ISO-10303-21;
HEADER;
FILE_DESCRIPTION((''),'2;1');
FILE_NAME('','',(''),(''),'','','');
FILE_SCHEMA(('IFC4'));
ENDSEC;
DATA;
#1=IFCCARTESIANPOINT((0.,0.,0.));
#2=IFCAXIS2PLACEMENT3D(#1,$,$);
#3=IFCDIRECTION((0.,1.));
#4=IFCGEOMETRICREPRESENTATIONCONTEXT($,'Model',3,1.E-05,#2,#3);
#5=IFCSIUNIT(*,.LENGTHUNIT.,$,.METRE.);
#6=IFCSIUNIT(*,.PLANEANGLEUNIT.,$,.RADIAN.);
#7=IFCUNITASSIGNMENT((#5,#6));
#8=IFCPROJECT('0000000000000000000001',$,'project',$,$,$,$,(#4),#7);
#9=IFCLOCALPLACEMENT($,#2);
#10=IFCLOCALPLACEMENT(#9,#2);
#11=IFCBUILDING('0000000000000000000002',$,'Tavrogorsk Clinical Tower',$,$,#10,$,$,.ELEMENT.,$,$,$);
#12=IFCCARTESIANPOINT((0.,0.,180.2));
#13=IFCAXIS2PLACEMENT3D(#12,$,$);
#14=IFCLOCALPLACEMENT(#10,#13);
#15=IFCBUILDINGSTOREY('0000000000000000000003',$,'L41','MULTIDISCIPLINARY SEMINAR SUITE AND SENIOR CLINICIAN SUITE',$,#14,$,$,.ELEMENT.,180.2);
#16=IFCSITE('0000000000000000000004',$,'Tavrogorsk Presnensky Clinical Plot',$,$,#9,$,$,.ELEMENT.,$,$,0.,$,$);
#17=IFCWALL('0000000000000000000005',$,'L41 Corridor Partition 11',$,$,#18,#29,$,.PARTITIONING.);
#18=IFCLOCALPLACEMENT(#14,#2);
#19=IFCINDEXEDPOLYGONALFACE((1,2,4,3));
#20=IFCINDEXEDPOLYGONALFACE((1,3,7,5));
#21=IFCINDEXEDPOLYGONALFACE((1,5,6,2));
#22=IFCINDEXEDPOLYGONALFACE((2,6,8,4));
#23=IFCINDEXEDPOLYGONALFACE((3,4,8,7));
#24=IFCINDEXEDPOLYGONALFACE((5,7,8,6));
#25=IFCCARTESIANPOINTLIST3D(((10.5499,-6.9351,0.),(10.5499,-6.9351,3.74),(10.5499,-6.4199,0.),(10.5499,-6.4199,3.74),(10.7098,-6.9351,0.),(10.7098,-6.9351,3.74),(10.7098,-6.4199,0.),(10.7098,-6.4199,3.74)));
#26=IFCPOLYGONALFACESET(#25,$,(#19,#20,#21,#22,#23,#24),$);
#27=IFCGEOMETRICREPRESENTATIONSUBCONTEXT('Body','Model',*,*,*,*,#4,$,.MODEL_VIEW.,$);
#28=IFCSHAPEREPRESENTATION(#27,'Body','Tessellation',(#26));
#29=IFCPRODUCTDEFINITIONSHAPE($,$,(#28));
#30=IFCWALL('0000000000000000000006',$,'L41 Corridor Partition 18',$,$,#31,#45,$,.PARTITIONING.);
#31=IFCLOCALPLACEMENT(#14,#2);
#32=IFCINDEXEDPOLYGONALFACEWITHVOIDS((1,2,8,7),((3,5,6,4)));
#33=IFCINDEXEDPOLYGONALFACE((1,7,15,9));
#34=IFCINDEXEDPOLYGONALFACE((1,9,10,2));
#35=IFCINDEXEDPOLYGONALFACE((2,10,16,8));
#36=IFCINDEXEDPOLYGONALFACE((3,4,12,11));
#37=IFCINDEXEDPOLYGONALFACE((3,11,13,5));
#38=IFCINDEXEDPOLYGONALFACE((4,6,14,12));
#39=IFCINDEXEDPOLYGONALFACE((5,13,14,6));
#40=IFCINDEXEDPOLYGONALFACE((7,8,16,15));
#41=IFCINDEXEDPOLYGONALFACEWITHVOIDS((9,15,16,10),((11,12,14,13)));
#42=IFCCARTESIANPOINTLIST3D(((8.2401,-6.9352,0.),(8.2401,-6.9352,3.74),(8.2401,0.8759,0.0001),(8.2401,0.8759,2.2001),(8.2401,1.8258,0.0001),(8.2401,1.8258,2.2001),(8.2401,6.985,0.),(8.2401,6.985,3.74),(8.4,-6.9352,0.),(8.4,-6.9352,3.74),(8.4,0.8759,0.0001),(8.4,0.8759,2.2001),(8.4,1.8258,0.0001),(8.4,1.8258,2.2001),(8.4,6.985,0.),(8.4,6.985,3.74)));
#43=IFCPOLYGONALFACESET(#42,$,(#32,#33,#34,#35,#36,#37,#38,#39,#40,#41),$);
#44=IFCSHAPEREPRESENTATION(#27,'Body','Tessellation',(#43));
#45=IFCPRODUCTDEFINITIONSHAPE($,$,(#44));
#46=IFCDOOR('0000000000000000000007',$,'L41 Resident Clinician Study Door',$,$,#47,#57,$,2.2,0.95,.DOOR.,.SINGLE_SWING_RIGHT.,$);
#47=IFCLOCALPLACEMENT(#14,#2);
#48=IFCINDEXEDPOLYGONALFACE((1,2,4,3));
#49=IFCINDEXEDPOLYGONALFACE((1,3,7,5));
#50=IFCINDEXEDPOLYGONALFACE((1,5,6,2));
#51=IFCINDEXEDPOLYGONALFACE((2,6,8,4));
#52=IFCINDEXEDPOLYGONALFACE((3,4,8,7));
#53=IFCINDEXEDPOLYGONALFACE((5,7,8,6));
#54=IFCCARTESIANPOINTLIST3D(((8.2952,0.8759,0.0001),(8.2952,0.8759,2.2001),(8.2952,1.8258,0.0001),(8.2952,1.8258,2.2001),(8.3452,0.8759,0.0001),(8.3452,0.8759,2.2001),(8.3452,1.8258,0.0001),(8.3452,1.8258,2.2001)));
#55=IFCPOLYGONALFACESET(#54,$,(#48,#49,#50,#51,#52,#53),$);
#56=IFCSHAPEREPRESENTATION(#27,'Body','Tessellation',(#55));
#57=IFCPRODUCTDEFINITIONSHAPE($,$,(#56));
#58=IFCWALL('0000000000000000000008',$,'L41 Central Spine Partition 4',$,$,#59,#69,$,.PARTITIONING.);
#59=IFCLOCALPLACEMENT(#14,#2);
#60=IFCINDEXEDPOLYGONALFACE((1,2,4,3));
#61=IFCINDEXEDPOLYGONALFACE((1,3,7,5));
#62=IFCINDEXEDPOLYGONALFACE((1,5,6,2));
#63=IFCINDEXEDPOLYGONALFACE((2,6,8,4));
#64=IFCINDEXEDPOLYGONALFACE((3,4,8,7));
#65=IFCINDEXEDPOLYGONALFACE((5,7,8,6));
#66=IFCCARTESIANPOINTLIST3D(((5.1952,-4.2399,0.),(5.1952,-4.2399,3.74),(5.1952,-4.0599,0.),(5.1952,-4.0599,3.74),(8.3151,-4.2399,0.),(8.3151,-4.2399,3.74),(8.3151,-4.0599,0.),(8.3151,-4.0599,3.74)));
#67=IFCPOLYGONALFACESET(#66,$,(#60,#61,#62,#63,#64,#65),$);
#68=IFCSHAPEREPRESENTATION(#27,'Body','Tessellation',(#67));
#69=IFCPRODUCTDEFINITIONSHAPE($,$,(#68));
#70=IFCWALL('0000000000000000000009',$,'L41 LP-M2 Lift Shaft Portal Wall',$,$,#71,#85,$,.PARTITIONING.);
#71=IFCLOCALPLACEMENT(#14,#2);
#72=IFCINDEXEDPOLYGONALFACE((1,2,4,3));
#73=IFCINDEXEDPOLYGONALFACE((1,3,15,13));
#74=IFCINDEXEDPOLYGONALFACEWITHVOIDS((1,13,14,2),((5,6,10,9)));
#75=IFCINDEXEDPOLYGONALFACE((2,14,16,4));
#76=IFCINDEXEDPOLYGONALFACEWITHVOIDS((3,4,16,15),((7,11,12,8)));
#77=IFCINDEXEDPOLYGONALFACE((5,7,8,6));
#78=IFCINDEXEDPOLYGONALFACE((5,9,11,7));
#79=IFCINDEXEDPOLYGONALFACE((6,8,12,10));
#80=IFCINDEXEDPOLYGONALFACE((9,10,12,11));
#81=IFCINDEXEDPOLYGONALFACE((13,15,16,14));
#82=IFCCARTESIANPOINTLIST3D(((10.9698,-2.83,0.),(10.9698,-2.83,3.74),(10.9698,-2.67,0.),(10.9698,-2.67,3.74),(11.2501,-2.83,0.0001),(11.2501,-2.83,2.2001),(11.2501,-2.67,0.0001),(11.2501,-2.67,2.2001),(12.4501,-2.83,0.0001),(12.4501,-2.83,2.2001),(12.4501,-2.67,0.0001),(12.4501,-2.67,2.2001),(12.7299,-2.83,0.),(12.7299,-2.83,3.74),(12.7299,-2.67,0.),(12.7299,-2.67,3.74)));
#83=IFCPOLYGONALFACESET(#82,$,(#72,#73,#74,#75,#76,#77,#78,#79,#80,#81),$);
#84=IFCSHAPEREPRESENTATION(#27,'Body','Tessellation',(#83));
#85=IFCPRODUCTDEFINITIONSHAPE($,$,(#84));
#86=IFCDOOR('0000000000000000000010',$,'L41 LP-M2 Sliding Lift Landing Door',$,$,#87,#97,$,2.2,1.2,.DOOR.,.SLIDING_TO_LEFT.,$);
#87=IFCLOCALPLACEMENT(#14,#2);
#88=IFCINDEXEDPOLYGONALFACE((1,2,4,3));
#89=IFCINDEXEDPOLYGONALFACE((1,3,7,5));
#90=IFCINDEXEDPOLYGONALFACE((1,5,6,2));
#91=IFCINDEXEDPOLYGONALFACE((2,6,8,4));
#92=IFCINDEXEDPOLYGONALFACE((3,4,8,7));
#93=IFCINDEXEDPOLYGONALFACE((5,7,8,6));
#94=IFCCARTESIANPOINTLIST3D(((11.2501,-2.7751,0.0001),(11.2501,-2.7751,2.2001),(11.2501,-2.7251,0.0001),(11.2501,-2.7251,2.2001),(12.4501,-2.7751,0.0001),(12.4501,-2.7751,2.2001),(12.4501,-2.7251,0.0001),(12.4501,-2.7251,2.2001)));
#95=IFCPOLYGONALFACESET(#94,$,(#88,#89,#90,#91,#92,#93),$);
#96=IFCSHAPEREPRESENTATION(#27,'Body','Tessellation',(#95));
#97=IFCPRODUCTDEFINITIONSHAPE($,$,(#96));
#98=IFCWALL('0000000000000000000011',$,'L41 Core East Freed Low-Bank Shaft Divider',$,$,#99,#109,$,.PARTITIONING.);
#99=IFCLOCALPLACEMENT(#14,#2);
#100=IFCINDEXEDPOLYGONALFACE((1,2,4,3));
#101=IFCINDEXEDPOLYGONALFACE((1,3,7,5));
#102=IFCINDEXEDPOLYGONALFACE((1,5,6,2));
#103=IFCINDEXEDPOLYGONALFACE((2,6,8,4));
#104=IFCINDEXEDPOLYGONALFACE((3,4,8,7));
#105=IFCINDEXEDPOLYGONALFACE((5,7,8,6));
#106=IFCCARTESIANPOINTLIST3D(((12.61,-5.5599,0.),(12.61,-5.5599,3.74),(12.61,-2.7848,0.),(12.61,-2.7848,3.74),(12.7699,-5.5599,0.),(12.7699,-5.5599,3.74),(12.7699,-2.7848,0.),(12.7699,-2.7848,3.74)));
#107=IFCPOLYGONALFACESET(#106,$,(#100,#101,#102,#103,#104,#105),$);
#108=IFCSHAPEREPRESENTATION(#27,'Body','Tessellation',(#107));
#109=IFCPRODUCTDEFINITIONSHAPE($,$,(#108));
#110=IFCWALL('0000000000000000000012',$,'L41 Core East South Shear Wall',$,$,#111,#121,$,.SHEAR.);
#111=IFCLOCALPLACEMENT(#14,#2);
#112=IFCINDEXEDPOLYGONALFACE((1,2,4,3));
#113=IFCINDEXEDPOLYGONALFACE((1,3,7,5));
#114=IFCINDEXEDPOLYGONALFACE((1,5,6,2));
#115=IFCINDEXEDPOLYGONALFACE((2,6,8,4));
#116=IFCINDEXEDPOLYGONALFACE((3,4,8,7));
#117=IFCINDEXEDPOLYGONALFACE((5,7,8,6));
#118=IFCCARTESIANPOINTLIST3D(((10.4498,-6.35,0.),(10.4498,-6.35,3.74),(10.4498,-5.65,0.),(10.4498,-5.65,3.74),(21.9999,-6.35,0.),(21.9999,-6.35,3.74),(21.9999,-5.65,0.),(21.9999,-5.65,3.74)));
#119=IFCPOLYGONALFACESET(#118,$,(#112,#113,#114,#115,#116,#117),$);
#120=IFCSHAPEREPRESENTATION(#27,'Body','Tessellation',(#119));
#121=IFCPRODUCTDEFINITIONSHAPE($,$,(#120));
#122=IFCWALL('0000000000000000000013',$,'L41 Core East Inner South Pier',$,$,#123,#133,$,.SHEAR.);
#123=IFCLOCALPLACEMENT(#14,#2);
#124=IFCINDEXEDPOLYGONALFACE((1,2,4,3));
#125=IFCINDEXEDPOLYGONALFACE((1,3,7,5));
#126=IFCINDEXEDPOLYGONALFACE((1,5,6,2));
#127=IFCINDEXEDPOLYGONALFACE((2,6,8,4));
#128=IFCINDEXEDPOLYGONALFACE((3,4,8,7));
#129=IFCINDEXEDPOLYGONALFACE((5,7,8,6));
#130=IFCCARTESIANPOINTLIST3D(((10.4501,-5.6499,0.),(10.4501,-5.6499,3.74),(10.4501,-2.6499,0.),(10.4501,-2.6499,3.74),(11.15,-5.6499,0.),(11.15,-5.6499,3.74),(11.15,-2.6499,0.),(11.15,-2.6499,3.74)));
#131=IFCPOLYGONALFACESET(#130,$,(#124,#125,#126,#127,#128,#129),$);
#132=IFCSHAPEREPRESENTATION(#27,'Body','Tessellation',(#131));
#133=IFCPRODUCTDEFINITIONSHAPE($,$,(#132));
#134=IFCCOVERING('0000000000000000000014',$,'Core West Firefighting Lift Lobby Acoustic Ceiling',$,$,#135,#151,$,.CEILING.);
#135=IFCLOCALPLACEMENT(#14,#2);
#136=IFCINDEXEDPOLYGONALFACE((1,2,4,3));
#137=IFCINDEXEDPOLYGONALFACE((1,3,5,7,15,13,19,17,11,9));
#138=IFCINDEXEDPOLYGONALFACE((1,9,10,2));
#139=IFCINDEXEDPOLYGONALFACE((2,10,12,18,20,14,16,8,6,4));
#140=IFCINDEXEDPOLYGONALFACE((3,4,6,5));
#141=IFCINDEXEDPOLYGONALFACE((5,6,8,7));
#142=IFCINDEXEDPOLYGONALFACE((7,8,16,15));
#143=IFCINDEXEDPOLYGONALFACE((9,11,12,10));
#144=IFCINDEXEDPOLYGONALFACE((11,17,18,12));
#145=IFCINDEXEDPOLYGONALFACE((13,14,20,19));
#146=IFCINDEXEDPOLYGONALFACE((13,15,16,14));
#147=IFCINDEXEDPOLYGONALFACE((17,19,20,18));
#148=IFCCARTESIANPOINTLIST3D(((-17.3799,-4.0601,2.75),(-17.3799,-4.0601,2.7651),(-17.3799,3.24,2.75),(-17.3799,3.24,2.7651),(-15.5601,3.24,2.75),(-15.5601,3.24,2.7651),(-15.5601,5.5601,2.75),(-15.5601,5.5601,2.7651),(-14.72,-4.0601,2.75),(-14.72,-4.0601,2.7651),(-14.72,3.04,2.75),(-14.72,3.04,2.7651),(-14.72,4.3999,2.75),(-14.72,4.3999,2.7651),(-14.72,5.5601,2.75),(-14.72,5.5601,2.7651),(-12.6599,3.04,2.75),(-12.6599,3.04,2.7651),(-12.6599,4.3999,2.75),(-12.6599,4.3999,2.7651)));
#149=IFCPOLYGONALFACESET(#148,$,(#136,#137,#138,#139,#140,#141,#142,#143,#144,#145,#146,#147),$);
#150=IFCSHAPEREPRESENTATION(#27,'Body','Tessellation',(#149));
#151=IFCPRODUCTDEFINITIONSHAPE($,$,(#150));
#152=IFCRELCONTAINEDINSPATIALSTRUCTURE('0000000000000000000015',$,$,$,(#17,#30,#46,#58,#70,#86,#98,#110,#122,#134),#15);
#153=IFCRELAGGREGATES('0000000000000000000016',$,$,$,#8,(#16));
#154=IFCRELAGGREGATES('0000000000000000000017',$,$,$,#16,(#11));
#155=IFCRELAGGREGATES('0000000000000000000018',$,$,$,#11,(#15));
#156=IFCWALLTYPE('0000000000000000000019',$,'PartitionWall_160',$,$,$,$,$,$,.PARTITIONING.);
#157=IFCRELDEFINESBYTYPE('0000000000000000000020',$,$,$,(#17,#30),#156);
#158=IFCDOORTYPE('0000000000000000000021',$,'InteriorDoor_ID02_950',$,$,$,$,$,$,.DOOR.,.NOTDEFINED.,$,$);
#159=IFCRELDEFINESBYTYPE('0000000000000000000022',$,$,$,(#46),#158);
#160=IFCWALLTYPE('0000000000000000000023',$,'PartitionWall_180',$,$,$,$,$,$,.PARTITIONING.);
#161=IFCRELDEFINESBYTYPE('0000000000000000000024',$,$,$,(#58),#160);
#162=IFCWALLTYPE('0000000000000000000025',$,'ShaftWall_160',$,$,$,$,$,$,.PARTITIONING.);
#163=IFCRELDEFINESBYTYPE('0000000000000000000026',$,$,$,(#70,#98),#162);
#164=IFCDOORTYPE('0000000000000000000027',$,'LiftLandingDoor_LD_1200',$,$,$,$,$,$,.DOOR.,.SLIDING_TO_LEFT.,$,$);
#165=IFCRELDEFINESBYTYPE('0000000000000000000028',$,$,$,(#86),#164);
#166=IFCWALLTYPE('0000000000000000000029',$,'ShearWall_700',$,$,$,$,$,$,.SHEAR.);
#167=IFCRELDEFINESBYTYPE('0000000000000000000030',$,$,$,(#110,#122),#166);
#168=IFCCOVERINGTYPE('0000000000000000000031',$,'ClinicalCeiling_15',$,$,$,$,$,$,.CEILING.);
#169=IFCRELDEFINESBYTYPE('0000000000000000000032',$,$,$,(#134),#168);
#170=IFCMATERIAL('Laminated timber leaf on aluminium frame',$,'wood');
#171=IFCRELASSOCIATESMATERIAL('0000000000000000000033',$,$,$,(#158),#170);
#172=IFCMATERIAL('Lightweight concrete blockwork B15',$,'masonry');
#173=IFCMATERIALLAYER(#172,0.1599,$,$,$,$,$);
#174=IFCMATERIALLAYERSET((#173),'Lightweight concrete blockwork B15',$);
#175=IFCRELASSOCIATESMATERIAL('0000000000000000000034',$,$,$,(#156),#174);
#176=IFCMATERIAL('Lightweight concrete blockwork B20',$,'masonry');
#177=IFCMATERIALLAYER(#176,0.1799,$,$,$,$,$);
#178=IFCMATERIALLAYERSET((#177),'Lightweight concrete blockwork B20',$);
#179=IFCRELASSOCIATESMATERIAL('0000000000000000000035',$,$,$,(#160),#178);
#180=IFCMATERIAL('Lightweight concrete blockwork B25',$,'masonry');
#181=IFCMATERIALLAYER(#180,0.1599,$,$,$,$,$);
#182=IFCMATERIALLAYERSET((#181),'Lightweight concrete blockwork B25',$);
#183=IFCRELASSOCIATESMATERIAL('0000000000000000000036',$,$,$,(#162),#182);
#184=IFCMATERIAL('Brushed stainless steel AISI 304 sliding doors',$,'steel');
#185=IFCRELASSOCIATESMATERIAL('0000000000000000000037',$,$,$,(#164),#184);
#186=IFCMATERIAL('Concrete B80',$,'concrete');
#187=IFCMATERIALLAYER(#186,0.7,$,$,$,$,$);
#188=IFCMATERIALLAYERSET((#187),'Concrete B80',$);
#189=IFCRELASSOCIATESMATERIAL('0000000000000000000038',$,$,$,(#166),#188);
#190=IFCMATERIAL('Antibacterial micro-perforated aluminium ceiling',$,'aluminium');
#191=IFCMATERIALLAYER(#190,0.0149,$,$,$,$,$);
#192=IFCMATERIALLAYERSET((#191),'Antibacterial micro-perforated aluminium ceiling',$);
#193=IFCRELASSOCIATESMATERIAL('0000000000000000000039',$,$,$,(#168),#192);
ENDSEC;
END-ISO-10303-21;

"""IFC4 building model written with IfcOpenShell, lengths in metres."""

from ifc_helpers import new_model, si_unit, direction, frame, frame_2d, origin, place, context, subcontext, project, spatial, polyline, rectangle, outline, extrude, material, layer, layer_set, type_object, element, fill, save


model = new_model("IFC4")

# Units and contexts
model_context = context("Model", 3, precision=1e-05, world=origin(), true_north=direction((0.0, 1.0)))
body_context = subcontext(model_context, "Body", "Model", "MODEL_VIEW")
ifc_project = project(units=[si_unit("LENGTHUNIT", "METRE"), si_unit("PLANEANGLEUNIT", "RADIAN")], contexts=[model_context])

# Site, building, storey
site_placement = place(None, origin())
site = spatial("IfcSite", under=ifc_project, at=site_placement, Name="Tavrogorsk Presnensky Clinical Plot", CompositionType="ELEMENT", RefElevation=0.0)
building_placement = place(site_placement, origin())
building = spatial("IfcBuilding", under=site, at=building_placement, Name="Tavrogorsk Clinical Tower", CompositionType="ELEMENT")
storey_placement = place(building_placement, frame((0.0, 0.0, 180.2)))
storey = spatial("IfcBuildingStorey", under=building, at=storey_placement, Name="L41", Description="MULTIDISCIPLINARY SEMINAR SUITE AND SENIOR CLINICIAN SUITE", CompositionType="ELEMENT", Elevation=180.2)

# Shared definitions
ifc_material_1 = material(Name="Laminated timber leaf on aluminium frame", Category="wood")
door_type_1 = type_object("IfcDoorType", Name="InteriorDoor_ID02_950", OperationType="NOTDEFINED", PredefinedType="DOOR", material=ifc_material_1)
ifc_material_2 = material(Name="Lightweight concrete blockwork B15", Category="masonry")
ifc_layer_1 = layer(ifc_material_2, 0.1599)
ifc_layer_set_1 = layer_set([ifc_layer_1], Name="Lightweight concrete blockwork B15")
wall_type_1 = type_object("IfcWallType", Name="PartitionWall_160", PredefinedType="PARTITIONING", material=ifc_layer_set_1)

# Wall
wall_1_placement = place(storey_placement, frame((10.6299, -6.4199, 0.0), z_axis=(0.0, 0.0, 1.0), x_axis=(0.0, -1.0, 0.0)))
element("IfcWall", 1, at=wall_1_placement, inside=storey, type_object=wall_type_1, Name="L41 Corridor Partition 11", PredefinedType="PARTITIONING", context=body_context, shape_type="SweptSolid", body=[
    extrude(rectangle(XDim=0.5151, YDim=0.1599, at=frame_2d((0.2576, 0.0))), origin(), (0.0, 0.0, 1.0), 3.74),
])

# Wall, opening, door
wall_2_placement = place(storey_placement, frame((8.3201, -6.9351, 0.0), z_axis=(0.0, 0.0, 1.0), x_axis=(0.0, 1.0, 0.0)))
wall_2 = element("IfcWall", 2, at=wall_2_placement, inside=storey, type_object=wall_type_1, Name="L41 Corridor Partition 18", PredefinedType="PARTITIONING", context=body_context, shape_type="SweptSolid", body=[
    extrude(rectangle(XDim=13.9202, YDim=0.1599, at=frame_2d((6.96, 0.0))), origin(), (0.0, 0.0, 1.0), 3.74),
])
opening_1_placement = place(wall_2_placement, frame((7.8108, 0.0, 0.0)))
opening_1 = element("IfcOpeningElement", 3, at=opening_1_placement, cuts=wall_2, PredefinedType="OPENING", context=body_context, shape_type="SweptSolid", body=[
    extrude(rectangle(XDim=0.95, YDim=2.2, at=frame_2d((0.4751, 1.1001))), frame((0.0, 0.0898, 0.0), z_axis=(0.0, -1.0, 0.0), x_axis=(1.0, 0.0, 0.0)), (0.0, 0.0, 1.0), 0.1799),
])
door_1_placement = place(opening_1_placement, origin())
door_1 = element("IfcDoor", 4, at=door_1_placement, inside=storey, type_object=door_type_1, Name="L41 Resident Clinician Study Door", OperationType="SINGLE_SWING_RIGHT", OverallHeight=2.2, OverallWidth=0.95, PredefinedType="DOOR", context=body_context, shape_type="SweptSolid", body=[
    extrude(rectangle(XDim=0.95, YDim=2.2, at=frame_2d((0.4751, 1.1001))), frame((0.0, 0.0249, 0.0), z_axis=(0.0, -1.0, 0.0), x_axis=(1.0, 0.0, 0.0)), (0.0, 0.0, 1.0), 0.05),
])
fill(opening_1, door_1)

# Wall
ifc_material_3 = material(Name="Lightweight concrete blockwork B20", Category="masonry")
ifc_layer_2 = layer(ifc_material_3, 0.1799)
ifc_layer_set_2 = layer_set([ifc_layer_2], Name="Lightweight concrete blockwork B20")
wall_type_2 = type_object("IfcWallType", Name="PartitionWall_180", PredefinedType="PARTITIONING", material=ifc_layer_set_2)
wall_3_placement = place(storey_placement, frame((5.1951, -4.1499, 0.0), z_axis=(0.0, 0.0, 1.0), x_axis=(1.0, 0.0, 0.0)))
element("IfcWall", 5, at=wall_3_placement, inside=storey, type_object=wall_type_2, Name="L41 Central Spine Partition 4", PredefinedType="PARTITIONING", context=body_context, shape_type="SweptSolid", body=[
    extrude(rectangle(XDim=3.1199, YDim=0.1799, at=frame_2d((1.5601, 0.0))), origin(), (0.0, 0.0, 1.0), 3.74),
])

# Wall, opening, door
ifc_material_4 = material(Name="Lightweight concrete blockwork B25", Category="masonry")
ifc_layer_3 = layer(ifc_material_4, 0.1599)
ifc_layer_set_3 = layer_set([ifc_layer_3], Name="Lightweight concrete blockwork B25")
wall_type_3 = type_object("IfcWallType", Name="ShaftWall_160", PredefinedType="PARTITIONING", material=ifc_layer_set_3)
wall_4_placement = place(storey_placement, frame((10.97, -2.75, 0.0), z_axis=(0.0, 0.0, 1.0), x_axis=(1.0, 0.0, 0.0)))
wall_4 = element("IfcWall", 6, at=wall_4_placement, inside=storey, type_object=wall_type_3, Name="L41 LP-M2 Lift Shaft Portal Wall", PredefinedType="PARTITIONING", context=body_context, shape_type="SweptSolid", body=[
    extrude(rectangle(XDim=1.76, YDim=0.1599, at=frame_2d((0.8799, 0.0))), origin(), (0.0, 0.0, 1.0), 3.74),
])
opening_2_placement = place(wall_4_placement, frame((0.28, 0.0, 0.0)))
opening_2 = element("IfcOpeningElement", 7, at=opening_2_placement, cuts=wall_4, PredefinedType="OPENING", context=body_context, shape_type="SweptSolid", body=[
    extrude(rectangle(XDim=1.2, YDim=2.2, at=frame_2d((0.6001, 1.1001))), frame((0.0, 0.0898, 0.0), z_axis=(0.0, -1.0, 0.0), x_axis=(1.0, 0.0, 0.0)), (0.0, 0.0, 1.0), 0.1799),
])
ifc_material_5 = material(Name="Brushed stainless steel AISI 304 sliding doors", Category="steel")
door_type_2 = type_object("IfcDoorType", Name="LiftLandingDoor_LD_1200", OperationType="SLIDING_TO_LEFT", PredefinedType="DOOR", material=ifc_material_5)
door_2_placement = place(opening_2_placement, origin())
door_2 = element("IfcDoor", 8, at=door_2_placement, inside=storey, type_object=door_type_2, Name="L41 LP-M2 Sliding Lift Landing Door", OperationType="SLIDING_TO_LEFT", OverallHeight=2.2, OverallWidth=1.2, PredefinedType="DOOR", context=body_context, shape_type="SweptSolid", body=[
    extrude(rectangle(XDim=1.2, YDim=2.2, at=frame_2d((0.6001, 1.1001))), frame((0.0, 0.0249, 0.0), z_axis=(0.0, -1.0, 0.0), x_axis=(1.0, 0.0, 0.0)), (0.0, 0.0, 1.0), 0.05),
])
fill(opening_2, door_2)

# Walls
wall_5_placement = place(storey_placement, frame((12.6899, -5.5601, 0.0), z_axis=(0.0, 0.0, 1.0), x_axis=(0.0, 1.0, 0.0)))
element("IfcWall", 9, at=wall_5_placement, inside=storey, type_object=wall_type_3, Name="L41 Core East Freed Low-Bank Shaft Divider", PredefinedType="PARTITIONING", context=body_context, shape_type="SweptSolid", body=[
    extrude(rectangle(XDim=2.7751, YDim=0.1599, at=frame_2d((1.3877, 0.0))), origin(), (0.0, 0.0, 1.0), 3.74),
])
ifc_material_6 = material(Name="Concrete B80", Category="concrete")
ifc_layer_4 = layer(ifc_material_6, 0.7)
ifc_layer_set_4 = layer_set([ifc_layer_4], Name="Concrete B80")
wall_type_4 = type_object("IfcWallType", Name="ShearWall_700", PredefinedType="SHEAR", material=ifc_layer_set_4)
wall_6_placement = place(storey_placement, frame((10.45, -6.0, 0.0), z_axis=(0.0, 0.0, 1.0), x_axis=(1.0, 0.0, 0.0)))
element("IfcWall", 10, at=wall_6_placement, inside=storey, type_object=wall_type_4, Name="L41 Core East South Shear Wall", PredefinedType="SHEAR", context=body_context, shape_type="SweptSolid", body=[
    extrude(rectangle(XDim=11.55, YDim=0.7, at=frame_2d((5.7749, 0.0))), origin(), (0.0, 0.0, 1.0), 3.74),
])
wall_7_placement = place(storey_placement, frame((10.8, -5.6499, 0.0), z_axis=(0.0, 0.0, 1.0), x_axis=(0.0, 1.0, 0.0)))
element("IfcWall", 11, at=wall_7_placement, inside=storey, type_object=wall_type_4, Name="L41 Core East Inner South Pier", PredefinedType="SHEAR", context=body_context, shape_type="SweptSolid", body=[
    extrude(rectangle(XDim=3.0, YDim=0.7, at=frame_2d((1.5, 0.0))), origin(), (0.0, 0.0, 1.0), 3.74),
])

# Covering
ifc_material_7 = material(Name="Antibacterial micro-perforated aluminium ceiling", Category="aluminium")
ifc_layer_5 = layer(ifc_material_7, 0.0149)
ifc_layer_set_5 = layer_set([ifc_layer_5], Name="Antibacterial micro-perforated aluminium ceiling")
covering_type = type_object("IfcCoveringType", Name="ClinicalCeiling_15", PredefinedType="CEILING", material=ifc_layer_set_5)
covering_placement = place(storey_placement, frame((0.0, 0.0, 2.75)))
element("IfcCovering", 12, at=covering_placement, inside=storey, type_object=covering_type, Name="Core West Firefighting Lift Lobby Acoustic Ceiling", PredefinedType="CEILING", context=body_context, shape_type="SweptSolid", body=[
    extrude(outline(polyline([(-17.3799, -4.0601), (-17.3799, 3.24), (-15.5601, 3.24), (-15.5601, 5.5601), (-14.72, 5.5601), (-14.72, 4.3999), (-12.6599, 4.3999), (-12.6599, 3.04), (-14.72, 3.04), (-14.72, -4.0601), (-17.3799, -4.0601)])), origin(), (0.0, 0.0, 1.0), 0.0151),
])

save(model, "model.ifc")
